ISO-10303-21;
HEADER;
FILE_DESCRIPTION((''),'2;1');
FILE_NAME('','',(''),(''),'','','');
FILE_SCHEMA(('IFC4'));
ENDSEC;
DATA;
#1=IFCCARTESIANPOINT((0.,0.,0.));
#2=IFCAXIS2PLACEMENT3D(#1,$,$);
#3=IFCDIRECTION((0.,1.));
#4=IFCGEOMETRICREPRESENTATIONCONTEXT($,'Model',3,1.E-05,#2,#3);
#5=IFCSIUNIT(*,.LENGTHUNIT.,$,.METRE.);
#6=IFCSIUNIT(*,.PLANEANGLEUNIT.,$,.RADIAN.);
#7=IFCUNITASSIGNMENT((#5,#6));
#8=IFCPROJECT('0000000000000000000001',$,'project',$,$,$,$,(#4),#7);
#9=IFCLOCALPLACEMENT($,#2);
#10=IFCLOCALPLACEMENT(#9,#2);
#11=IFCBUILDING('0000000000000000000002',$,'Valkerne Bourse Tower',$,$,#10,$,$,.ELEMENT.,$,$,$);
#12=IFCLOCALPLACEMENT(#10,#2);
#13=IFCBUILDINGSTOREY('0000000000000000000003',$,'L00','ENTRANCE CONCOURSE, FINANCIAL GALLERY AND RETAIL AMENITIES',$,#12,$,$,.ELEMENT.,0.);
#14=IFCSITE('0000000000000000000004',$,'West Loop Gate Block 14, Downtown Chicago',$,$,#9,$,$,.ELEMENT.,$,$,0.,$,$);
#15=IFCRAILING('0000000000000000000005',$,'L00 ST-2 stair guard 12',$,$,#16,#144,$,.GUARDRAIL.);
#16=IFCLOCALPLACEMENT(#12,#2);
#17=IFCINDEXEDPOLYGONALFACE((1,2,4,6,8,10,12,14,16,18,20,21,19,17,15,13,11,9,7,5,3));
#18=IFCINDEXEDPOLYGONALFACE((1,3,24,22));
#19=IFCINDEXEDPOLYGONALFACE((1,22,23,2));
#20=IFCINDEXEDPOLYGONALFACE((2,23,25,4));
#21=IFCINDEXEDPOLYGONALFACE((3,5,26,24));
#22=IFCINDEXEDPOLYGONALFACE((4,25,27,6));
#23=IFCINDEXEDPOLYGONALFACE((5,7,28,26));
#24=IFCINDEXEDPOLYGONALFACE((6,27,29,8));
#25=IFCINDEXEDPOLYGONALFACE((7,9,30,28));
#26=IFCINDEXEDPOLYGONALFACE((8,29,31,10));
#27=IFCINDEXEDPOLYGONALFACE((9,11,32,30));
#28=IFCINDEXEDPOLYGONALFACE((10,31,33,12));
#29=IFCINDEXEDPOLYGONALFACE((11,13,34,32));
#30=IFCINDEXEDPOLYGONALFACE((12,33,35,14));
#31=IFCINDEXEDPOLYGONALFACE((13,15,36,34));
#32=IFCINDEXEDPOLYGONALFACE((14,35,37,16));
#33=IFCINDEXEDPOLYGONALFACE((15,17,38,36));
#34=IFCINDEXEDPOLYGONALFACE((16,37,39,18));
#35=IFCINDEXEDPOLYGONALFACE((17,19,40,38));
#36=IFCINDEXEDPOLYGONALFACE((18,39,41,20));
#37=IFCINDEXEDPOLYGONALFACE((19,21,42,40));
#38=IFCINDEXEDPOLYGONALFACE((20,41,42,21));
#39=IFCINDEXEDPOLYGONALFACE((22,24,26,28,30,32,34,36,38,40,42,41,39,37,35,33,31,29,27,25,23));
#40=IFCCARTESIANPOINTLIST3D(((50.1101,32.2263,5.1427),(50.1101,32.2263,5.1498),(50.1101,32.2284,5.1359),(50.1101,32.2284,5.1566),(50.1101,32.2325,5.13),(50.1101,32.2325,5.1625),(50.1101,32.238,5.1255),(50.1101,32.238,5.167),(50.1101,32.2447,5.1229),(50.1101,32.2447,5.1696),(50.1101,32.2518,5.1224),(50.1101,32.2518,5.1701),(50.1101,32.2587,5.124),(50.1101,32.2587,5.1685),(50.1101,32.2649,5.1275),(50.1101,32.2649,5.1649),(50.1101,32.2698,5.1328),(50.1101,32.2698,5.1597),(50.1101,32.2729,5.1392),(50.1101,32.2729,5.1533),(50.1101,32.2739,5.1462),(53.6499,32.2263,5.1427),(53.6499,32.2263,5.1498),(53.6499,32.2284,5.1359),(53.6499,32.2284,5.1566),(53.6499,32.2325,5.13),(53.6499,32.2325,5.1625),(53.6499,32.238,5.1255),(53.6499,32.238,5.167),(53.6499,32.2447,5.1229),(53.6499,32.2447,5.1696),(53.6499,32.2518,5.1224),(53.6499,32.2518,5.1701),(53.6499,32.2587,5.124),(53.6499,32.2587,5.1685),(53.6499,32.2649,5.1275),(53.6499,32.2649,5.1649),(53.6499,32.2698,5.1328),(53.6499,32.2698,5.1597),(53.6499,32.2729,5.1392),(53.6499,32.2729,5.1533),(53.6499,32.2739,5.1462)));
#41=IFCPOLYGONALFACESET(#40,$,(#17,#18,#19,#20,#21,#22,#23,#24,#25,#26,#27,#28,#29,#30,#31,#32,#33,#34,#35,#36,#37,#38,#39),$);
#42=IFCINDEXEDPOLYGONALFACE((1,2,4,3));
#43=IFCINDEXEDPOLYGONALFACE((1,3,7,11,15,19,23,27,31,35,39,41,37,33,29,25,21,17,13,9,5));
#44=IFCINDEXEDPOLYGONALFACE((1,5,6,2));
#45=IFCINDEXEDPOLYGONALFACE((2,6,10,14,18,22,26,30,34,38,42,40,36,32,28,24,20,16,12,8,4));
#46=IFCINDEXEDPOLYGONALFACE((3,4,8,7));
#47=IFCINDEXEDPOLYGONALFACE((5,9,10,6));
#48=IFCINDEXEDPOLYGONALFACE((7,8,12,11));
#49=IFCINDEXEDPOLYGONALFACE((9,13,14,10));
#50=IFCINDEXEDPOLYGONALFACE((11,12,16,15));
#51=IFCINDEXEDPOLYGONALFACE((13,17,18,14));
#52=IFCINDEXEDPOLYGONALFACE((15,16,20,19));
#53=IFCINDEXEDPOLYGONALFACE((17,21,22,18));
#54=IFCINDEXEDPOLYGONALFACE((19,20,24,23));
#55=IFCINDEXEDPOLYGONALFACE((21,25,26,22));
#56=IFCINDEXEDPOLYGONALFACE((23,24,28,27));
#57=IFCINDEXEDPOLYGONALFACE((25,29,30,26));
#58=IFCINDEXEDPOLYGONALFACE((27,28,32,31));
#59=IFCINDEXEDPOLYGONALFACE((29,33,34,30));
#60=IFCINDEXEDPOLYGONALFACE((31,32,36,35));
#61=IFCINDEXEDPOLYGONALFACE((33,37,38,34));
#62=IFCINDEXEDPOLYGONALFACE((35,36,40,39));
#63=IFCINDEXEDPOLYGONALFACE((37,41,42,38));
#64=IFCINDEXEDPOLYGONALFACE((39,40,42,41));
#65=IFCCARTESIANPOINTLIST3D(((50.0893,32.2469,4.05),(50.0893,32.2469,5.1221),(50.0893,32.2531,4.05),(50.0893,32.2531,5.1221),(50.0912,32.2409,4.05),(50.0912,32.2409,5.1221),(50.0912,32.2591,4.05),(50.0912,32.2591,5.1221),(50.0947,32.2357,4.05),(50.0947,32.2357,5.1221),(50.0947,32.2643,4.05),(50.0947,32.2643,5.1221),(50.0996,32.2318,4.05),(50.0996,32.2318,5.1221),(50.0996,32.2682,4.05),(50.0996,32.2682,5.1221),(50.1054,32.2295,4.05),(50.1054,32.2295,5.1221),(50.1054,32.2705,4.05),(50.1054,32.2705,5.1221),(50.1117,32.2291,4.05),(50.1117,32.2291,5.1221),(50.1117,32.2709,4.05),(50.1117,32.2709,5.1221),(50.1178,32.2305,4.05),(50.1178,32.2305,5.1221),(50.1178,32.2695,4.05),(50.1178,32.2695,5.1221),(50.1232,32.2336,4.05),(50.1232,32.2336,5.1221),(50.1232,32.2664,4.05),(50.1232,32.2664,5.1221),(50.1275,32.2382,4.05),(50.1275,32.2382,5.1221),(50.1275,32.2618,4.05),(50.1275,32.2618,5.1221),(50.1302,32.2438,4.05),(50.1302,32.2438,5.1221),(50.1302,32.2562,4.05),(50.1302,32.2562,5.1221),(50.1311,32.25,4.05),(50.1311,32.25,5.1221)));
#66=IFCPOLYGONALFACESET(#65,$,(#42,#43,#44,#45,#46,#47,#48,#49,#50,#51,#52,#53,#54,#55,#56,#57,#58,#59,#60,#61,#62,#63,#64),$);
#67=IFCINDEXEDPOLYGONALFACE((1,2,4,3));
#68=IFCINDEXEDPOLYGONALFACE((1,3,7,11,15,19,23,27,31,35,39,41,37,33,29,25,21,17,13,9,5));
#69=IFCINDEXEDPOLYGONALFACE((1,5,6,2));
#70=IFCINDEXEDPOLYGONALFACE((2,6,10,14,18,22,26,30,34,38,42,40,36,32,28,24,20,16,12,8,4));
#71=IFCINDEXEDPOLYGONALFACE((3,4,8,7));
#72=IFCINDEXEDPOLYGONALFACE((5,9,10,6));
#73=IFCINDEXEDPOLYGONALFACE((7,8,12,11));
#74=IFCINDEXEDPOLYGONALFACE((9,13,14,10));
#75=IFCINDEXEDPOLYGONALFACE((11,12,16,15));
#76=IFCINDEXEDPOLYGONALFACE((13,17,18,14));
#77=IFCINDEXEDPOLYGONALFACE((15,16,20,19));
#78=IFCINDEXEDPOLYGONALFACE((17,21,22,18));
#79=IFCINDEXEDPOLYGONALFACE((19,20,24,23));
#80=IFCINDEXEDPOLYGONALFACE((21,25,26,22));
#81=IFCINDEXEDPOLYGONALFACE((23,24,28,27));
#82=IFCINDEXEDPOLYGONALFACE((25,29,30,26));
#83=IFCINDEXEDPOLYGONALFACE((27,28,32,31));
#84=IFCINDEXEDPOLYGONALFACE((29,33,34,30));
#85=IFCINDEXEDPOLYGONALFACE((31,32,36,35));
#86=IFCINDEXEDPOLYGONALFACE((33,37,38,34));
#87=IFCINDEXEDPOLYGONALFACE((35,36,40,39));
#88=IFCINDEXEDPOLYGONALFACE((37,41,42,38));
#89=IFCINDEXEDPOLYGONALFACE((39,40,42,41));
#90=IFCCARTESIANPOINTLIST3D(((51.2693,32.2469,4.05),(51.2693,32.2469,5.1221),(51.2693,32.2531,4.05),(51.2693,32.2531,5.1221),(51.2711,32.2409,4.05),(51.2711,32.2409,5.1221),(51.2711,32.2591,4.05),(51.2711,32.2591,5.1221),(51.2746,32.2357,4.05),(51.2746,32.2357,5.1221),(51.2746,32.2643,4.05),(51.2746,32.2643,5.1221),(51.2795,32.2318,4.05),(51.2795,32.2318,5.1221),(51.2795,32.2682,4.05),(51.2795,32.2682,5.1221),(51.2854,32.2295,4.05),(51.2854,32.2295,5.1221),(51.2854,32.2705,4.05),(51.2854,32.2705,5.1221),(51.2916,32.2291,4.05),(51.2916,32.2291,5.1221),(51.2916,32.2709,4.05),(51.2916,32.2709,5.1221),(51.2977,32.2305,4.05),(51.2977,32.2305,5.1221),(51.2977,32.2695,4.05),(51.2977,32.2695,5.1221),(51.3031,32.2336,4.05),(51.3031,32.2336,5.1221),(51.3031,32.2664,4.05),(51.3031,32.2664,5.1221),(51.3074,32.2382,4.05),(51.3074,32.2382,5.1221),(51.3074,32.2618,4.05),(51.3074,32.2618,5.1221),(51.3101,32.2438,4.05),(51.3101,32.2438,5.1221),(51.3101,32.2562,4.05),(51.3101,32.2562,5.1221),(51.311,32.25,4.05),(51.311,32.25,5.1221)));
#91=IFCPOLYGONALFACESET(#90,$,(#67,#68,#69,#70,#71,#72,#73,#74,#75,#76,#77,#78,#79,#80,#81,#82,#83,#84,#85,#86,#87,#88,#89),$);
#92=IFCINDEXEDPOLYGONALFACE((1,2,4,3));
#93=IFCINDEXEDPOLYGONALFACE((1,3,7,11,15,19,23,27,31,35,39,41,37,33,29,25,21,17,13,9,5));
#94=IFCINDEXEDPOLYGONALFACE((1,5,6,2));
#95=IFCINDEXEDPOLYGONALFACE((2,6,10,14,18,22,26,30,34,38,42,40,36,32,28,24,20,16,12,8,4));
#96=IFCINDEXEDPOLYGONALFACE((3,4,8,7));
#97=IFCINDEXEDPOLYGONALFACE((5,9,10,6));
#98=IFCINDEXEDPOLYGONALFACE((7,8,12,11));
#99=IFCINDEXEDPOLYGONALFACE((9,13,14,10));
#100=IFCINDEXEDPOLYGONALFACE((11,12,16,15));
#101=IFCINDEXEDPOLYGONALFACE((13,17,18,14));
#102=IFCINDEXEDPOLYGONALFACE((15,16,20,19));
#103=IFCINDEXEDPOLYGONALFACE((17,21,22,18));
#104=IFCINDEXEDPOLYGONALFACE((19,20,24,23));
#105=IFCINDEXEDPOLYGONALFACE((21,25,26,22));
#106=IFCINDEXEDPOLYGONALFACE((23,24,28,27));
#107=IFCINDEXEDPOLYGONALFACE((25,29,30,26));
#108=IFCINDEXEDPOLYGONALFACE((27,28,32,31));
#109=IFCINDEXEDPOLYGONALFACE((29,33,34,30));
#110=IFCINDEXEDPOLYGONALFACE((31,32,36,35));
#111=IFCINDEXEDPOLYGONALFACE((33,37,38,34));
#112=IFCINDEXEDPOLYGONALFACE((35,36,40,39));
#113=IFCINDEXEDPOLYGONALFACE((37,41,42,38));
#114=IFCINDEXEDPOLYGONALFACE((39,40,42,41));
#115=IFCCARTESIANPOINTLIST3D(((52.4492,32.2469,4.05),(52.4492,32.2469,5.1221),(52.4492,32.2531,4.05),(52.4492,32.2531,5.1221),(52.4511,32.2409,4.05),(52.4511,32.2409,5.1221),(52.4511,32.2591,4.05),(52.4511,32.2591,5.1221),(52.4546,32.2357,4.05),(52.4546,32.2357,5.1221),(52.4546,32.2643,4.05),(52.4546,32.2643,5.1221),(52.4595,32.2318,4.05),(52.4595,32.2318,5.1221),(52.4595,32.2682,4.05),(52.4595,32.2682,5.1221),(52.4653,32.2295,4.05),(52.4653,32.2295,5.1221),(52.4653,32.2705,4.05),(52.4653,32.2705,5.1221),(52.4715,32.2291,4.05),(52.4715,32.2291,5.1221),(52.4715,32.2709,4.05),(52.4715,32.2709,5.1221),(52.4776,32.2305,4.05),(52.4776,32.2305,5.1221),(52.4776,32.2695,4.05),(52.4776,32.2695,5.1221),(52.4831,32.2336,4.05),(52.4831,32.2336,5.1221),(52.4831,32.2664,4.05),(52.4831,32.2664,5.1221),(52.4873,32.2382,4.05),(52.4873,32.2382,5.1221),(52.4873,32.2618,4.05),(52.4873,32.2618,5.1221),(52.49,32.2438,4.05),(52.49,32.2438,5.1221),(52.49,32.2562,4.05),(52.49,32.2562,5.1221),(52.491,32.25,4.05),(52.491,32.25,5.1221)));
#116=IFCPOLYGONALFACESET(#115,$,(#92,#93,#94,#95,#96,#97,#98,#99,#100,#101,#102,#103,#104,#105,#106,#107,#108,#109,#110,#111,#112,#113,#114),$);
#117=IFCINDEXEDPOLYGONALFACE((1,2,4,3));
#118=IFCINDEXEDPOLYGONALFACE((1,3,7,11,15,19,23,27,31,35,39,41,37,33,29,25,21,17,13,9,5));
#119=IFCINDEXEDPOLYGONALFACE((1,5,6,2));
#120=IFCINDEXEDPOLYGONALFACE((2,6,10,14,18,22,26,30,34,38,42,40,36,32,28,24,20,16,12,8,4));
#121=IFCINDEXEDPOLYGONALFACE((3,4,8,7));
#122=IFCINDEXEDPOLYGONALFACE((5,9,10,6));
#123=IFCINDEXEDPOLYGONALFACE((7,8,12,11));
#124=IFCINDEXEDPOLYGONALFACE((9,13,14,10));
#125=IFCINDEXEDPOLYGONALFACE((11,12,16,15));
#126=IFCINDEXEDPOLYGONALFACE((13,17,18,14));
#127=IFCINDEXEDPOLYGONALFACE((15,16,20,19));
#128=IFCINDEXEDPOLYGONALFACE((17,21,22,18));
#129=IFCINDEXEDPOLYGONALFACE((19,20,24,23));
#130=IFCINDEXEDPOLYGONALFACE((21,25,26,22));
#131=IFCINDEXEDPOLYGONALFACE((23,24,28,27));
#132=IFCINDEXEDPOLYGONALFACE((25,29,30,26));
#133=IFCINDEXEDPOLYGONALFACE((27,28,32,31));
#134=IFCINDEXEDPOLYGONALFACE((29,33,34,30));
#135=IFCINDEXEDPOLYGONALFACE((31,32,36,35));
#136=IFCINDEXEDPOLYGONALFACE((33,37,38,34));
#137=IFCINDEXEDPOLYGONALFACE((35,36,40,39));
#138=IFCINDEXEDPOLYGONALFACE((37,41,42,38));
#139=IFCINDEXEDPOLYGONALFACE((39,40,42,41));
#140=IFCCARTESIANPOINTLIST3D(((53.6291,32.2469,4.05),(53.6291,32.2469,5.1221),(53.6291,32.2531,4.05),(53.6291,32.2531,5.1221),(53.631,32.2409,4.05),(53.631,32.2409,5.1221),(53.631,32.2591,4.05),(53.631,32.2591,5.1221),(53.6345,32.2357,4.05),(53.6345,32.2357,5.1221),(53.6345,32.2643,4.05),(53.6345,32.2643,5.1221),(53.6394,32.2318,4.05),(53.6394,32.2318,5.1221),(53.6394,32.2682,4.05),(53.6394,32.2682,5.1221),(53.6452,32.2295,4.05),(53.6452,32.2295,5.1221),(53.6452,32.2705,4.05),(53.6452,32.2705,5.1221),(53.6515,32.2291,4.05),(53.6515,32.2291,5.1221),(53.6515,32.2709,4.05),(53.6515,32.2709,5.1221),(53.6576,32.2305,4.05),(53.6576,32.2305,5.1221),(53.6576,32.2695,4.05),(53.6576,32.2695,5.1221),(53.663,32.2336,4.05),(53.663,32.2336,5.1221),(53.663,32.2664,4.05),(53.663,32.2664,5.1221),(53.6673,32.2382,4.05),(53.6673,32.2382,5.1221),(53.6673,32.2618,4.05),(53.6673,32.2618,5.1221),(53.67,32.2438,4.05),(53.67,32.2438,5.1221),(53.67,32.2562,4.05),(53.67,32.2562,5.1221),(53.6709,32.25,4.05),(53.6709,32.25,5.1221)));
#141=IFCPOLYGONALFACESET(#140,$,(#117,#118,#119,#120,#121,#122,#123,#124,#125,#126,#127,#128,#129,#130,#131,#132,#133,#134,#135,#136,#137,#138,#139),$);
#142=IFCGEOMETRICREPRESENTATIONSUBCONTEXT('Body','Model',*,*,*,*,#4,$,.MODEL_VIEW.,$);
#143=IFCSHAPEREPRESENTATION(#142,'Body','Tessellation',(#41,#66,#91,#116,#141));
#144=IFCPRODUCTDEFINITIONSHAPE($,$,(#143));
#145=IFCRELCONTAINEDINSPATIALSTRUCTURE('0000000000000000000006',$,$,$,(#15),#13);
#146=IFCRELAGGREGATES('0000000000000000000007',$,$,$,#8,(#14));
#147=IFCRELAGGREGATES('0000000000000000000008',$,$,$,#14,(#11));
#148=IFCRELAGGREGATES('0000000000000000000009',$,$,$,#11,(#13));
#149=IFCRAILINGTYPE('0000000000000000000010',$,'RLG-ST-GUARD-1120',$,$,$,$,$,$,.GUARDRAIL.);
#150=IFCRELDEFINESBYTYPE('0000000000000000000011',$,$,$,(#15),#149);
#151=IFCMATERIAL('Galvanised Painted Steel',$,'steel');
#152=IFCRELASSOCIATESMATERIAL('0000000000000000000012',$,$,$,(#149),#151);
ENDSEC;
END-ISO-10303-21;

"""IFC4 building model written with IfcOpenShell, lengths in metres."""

from ifc_helpers import new_model, si_unit, direction, frame, origin, origin_2d, place, context, subcontext, project, spatial, circle, extrude, material, type_object, element, save


model = new_model("IFC4")

# Units and contexts
model_context = context("Model", 3, precision=1e-05, world=origin(), true_north=direction((0.0, 1.0)))
body_context = subcontext(model_context, "Body", "Model", "MODEL_VIEW")
ifc_project = project(units=[si_unit("LENGTHUNIT", "METRE"), si_unit("PLANEANGLEUNIT", "RADIAN")], contexts=[model_context])

# Site, building, storey
site_placement = place(None, origin())
site = spatial("IfcSite", under=ifc_project, at=site_placement, Name="West Loop Gate Block 14, Downtown Chicago", CompositionType="ELEMENT", RefElevation=0.0)
building_placement = place(site_placement, origin())
building = spatial("IfcBuilding", under=site, at=building_placement, Name="Valkerne Bourse Tower", CompositionType="ELEMENT")
storey_placement = place(building_placement, origin())
storey = spatial("IfcBuildingStorey", under=building, at=storey_placement, Name="L00", Description="ENTRANCE CONCOURSE, FINANCIAL GALLERY AND RETAIL AMENITIES", CompositionType="ELEMENT", Elevation=0.0)

# Shared definitions
ifc_material_1 = material(Name="Galvanised Painted Steel", Category="steel")

# Railing
railing_type_1 = type_object("IfcRailingType", Name="RLG-ST-GUARD-1120", PredefinedType="GUARDRAIL", material=ifc_material_1)
railing_1_placement = place(storey_placement, frame((50.1101, 32.25, 4.05)))
element("IfcRailing", 1, at=railing_1_placement, inside=storey, type_object=railing_type_1, Name="L00 ST-2 stair guard 12", PredefinedType="GUARDRAIL", context=body_context, shape_type="SweptSolid", body=[
    extrude(circle(Radius=0.0239, at=origin_2d()), frame((0.0, 0.0, 1.0962), z_axis=(1.0, 0.0, 0.0), x_axis=(0.0, 1.0, 0.0)), (0.0, 0.0, 1.0), 3.5398),
    extrude(circle(Radius=0.021, at=origin_2d()), origin(), (0.0, 0.0, 1.0), 1.072),
    extrude(circle(Radius=0.021, at=origin_2d()), frame((1.1799, 0.0, 0.0)), (0.0, 0.0, 1.0), 1.072),
    extrude(circle(Radius=0.021, at=origin_2d()), frame((2.3599, 0.0, 0.0)), (0.0, 0.0, 1.0), 1.072),
    extrude(circle(Radius=0.021, at=origin_2d()), frame((3.5398, 0.0, 0.0)), (0.0, 0.0, 1.0), 1.072),
])

save(model, "model.ifc")
